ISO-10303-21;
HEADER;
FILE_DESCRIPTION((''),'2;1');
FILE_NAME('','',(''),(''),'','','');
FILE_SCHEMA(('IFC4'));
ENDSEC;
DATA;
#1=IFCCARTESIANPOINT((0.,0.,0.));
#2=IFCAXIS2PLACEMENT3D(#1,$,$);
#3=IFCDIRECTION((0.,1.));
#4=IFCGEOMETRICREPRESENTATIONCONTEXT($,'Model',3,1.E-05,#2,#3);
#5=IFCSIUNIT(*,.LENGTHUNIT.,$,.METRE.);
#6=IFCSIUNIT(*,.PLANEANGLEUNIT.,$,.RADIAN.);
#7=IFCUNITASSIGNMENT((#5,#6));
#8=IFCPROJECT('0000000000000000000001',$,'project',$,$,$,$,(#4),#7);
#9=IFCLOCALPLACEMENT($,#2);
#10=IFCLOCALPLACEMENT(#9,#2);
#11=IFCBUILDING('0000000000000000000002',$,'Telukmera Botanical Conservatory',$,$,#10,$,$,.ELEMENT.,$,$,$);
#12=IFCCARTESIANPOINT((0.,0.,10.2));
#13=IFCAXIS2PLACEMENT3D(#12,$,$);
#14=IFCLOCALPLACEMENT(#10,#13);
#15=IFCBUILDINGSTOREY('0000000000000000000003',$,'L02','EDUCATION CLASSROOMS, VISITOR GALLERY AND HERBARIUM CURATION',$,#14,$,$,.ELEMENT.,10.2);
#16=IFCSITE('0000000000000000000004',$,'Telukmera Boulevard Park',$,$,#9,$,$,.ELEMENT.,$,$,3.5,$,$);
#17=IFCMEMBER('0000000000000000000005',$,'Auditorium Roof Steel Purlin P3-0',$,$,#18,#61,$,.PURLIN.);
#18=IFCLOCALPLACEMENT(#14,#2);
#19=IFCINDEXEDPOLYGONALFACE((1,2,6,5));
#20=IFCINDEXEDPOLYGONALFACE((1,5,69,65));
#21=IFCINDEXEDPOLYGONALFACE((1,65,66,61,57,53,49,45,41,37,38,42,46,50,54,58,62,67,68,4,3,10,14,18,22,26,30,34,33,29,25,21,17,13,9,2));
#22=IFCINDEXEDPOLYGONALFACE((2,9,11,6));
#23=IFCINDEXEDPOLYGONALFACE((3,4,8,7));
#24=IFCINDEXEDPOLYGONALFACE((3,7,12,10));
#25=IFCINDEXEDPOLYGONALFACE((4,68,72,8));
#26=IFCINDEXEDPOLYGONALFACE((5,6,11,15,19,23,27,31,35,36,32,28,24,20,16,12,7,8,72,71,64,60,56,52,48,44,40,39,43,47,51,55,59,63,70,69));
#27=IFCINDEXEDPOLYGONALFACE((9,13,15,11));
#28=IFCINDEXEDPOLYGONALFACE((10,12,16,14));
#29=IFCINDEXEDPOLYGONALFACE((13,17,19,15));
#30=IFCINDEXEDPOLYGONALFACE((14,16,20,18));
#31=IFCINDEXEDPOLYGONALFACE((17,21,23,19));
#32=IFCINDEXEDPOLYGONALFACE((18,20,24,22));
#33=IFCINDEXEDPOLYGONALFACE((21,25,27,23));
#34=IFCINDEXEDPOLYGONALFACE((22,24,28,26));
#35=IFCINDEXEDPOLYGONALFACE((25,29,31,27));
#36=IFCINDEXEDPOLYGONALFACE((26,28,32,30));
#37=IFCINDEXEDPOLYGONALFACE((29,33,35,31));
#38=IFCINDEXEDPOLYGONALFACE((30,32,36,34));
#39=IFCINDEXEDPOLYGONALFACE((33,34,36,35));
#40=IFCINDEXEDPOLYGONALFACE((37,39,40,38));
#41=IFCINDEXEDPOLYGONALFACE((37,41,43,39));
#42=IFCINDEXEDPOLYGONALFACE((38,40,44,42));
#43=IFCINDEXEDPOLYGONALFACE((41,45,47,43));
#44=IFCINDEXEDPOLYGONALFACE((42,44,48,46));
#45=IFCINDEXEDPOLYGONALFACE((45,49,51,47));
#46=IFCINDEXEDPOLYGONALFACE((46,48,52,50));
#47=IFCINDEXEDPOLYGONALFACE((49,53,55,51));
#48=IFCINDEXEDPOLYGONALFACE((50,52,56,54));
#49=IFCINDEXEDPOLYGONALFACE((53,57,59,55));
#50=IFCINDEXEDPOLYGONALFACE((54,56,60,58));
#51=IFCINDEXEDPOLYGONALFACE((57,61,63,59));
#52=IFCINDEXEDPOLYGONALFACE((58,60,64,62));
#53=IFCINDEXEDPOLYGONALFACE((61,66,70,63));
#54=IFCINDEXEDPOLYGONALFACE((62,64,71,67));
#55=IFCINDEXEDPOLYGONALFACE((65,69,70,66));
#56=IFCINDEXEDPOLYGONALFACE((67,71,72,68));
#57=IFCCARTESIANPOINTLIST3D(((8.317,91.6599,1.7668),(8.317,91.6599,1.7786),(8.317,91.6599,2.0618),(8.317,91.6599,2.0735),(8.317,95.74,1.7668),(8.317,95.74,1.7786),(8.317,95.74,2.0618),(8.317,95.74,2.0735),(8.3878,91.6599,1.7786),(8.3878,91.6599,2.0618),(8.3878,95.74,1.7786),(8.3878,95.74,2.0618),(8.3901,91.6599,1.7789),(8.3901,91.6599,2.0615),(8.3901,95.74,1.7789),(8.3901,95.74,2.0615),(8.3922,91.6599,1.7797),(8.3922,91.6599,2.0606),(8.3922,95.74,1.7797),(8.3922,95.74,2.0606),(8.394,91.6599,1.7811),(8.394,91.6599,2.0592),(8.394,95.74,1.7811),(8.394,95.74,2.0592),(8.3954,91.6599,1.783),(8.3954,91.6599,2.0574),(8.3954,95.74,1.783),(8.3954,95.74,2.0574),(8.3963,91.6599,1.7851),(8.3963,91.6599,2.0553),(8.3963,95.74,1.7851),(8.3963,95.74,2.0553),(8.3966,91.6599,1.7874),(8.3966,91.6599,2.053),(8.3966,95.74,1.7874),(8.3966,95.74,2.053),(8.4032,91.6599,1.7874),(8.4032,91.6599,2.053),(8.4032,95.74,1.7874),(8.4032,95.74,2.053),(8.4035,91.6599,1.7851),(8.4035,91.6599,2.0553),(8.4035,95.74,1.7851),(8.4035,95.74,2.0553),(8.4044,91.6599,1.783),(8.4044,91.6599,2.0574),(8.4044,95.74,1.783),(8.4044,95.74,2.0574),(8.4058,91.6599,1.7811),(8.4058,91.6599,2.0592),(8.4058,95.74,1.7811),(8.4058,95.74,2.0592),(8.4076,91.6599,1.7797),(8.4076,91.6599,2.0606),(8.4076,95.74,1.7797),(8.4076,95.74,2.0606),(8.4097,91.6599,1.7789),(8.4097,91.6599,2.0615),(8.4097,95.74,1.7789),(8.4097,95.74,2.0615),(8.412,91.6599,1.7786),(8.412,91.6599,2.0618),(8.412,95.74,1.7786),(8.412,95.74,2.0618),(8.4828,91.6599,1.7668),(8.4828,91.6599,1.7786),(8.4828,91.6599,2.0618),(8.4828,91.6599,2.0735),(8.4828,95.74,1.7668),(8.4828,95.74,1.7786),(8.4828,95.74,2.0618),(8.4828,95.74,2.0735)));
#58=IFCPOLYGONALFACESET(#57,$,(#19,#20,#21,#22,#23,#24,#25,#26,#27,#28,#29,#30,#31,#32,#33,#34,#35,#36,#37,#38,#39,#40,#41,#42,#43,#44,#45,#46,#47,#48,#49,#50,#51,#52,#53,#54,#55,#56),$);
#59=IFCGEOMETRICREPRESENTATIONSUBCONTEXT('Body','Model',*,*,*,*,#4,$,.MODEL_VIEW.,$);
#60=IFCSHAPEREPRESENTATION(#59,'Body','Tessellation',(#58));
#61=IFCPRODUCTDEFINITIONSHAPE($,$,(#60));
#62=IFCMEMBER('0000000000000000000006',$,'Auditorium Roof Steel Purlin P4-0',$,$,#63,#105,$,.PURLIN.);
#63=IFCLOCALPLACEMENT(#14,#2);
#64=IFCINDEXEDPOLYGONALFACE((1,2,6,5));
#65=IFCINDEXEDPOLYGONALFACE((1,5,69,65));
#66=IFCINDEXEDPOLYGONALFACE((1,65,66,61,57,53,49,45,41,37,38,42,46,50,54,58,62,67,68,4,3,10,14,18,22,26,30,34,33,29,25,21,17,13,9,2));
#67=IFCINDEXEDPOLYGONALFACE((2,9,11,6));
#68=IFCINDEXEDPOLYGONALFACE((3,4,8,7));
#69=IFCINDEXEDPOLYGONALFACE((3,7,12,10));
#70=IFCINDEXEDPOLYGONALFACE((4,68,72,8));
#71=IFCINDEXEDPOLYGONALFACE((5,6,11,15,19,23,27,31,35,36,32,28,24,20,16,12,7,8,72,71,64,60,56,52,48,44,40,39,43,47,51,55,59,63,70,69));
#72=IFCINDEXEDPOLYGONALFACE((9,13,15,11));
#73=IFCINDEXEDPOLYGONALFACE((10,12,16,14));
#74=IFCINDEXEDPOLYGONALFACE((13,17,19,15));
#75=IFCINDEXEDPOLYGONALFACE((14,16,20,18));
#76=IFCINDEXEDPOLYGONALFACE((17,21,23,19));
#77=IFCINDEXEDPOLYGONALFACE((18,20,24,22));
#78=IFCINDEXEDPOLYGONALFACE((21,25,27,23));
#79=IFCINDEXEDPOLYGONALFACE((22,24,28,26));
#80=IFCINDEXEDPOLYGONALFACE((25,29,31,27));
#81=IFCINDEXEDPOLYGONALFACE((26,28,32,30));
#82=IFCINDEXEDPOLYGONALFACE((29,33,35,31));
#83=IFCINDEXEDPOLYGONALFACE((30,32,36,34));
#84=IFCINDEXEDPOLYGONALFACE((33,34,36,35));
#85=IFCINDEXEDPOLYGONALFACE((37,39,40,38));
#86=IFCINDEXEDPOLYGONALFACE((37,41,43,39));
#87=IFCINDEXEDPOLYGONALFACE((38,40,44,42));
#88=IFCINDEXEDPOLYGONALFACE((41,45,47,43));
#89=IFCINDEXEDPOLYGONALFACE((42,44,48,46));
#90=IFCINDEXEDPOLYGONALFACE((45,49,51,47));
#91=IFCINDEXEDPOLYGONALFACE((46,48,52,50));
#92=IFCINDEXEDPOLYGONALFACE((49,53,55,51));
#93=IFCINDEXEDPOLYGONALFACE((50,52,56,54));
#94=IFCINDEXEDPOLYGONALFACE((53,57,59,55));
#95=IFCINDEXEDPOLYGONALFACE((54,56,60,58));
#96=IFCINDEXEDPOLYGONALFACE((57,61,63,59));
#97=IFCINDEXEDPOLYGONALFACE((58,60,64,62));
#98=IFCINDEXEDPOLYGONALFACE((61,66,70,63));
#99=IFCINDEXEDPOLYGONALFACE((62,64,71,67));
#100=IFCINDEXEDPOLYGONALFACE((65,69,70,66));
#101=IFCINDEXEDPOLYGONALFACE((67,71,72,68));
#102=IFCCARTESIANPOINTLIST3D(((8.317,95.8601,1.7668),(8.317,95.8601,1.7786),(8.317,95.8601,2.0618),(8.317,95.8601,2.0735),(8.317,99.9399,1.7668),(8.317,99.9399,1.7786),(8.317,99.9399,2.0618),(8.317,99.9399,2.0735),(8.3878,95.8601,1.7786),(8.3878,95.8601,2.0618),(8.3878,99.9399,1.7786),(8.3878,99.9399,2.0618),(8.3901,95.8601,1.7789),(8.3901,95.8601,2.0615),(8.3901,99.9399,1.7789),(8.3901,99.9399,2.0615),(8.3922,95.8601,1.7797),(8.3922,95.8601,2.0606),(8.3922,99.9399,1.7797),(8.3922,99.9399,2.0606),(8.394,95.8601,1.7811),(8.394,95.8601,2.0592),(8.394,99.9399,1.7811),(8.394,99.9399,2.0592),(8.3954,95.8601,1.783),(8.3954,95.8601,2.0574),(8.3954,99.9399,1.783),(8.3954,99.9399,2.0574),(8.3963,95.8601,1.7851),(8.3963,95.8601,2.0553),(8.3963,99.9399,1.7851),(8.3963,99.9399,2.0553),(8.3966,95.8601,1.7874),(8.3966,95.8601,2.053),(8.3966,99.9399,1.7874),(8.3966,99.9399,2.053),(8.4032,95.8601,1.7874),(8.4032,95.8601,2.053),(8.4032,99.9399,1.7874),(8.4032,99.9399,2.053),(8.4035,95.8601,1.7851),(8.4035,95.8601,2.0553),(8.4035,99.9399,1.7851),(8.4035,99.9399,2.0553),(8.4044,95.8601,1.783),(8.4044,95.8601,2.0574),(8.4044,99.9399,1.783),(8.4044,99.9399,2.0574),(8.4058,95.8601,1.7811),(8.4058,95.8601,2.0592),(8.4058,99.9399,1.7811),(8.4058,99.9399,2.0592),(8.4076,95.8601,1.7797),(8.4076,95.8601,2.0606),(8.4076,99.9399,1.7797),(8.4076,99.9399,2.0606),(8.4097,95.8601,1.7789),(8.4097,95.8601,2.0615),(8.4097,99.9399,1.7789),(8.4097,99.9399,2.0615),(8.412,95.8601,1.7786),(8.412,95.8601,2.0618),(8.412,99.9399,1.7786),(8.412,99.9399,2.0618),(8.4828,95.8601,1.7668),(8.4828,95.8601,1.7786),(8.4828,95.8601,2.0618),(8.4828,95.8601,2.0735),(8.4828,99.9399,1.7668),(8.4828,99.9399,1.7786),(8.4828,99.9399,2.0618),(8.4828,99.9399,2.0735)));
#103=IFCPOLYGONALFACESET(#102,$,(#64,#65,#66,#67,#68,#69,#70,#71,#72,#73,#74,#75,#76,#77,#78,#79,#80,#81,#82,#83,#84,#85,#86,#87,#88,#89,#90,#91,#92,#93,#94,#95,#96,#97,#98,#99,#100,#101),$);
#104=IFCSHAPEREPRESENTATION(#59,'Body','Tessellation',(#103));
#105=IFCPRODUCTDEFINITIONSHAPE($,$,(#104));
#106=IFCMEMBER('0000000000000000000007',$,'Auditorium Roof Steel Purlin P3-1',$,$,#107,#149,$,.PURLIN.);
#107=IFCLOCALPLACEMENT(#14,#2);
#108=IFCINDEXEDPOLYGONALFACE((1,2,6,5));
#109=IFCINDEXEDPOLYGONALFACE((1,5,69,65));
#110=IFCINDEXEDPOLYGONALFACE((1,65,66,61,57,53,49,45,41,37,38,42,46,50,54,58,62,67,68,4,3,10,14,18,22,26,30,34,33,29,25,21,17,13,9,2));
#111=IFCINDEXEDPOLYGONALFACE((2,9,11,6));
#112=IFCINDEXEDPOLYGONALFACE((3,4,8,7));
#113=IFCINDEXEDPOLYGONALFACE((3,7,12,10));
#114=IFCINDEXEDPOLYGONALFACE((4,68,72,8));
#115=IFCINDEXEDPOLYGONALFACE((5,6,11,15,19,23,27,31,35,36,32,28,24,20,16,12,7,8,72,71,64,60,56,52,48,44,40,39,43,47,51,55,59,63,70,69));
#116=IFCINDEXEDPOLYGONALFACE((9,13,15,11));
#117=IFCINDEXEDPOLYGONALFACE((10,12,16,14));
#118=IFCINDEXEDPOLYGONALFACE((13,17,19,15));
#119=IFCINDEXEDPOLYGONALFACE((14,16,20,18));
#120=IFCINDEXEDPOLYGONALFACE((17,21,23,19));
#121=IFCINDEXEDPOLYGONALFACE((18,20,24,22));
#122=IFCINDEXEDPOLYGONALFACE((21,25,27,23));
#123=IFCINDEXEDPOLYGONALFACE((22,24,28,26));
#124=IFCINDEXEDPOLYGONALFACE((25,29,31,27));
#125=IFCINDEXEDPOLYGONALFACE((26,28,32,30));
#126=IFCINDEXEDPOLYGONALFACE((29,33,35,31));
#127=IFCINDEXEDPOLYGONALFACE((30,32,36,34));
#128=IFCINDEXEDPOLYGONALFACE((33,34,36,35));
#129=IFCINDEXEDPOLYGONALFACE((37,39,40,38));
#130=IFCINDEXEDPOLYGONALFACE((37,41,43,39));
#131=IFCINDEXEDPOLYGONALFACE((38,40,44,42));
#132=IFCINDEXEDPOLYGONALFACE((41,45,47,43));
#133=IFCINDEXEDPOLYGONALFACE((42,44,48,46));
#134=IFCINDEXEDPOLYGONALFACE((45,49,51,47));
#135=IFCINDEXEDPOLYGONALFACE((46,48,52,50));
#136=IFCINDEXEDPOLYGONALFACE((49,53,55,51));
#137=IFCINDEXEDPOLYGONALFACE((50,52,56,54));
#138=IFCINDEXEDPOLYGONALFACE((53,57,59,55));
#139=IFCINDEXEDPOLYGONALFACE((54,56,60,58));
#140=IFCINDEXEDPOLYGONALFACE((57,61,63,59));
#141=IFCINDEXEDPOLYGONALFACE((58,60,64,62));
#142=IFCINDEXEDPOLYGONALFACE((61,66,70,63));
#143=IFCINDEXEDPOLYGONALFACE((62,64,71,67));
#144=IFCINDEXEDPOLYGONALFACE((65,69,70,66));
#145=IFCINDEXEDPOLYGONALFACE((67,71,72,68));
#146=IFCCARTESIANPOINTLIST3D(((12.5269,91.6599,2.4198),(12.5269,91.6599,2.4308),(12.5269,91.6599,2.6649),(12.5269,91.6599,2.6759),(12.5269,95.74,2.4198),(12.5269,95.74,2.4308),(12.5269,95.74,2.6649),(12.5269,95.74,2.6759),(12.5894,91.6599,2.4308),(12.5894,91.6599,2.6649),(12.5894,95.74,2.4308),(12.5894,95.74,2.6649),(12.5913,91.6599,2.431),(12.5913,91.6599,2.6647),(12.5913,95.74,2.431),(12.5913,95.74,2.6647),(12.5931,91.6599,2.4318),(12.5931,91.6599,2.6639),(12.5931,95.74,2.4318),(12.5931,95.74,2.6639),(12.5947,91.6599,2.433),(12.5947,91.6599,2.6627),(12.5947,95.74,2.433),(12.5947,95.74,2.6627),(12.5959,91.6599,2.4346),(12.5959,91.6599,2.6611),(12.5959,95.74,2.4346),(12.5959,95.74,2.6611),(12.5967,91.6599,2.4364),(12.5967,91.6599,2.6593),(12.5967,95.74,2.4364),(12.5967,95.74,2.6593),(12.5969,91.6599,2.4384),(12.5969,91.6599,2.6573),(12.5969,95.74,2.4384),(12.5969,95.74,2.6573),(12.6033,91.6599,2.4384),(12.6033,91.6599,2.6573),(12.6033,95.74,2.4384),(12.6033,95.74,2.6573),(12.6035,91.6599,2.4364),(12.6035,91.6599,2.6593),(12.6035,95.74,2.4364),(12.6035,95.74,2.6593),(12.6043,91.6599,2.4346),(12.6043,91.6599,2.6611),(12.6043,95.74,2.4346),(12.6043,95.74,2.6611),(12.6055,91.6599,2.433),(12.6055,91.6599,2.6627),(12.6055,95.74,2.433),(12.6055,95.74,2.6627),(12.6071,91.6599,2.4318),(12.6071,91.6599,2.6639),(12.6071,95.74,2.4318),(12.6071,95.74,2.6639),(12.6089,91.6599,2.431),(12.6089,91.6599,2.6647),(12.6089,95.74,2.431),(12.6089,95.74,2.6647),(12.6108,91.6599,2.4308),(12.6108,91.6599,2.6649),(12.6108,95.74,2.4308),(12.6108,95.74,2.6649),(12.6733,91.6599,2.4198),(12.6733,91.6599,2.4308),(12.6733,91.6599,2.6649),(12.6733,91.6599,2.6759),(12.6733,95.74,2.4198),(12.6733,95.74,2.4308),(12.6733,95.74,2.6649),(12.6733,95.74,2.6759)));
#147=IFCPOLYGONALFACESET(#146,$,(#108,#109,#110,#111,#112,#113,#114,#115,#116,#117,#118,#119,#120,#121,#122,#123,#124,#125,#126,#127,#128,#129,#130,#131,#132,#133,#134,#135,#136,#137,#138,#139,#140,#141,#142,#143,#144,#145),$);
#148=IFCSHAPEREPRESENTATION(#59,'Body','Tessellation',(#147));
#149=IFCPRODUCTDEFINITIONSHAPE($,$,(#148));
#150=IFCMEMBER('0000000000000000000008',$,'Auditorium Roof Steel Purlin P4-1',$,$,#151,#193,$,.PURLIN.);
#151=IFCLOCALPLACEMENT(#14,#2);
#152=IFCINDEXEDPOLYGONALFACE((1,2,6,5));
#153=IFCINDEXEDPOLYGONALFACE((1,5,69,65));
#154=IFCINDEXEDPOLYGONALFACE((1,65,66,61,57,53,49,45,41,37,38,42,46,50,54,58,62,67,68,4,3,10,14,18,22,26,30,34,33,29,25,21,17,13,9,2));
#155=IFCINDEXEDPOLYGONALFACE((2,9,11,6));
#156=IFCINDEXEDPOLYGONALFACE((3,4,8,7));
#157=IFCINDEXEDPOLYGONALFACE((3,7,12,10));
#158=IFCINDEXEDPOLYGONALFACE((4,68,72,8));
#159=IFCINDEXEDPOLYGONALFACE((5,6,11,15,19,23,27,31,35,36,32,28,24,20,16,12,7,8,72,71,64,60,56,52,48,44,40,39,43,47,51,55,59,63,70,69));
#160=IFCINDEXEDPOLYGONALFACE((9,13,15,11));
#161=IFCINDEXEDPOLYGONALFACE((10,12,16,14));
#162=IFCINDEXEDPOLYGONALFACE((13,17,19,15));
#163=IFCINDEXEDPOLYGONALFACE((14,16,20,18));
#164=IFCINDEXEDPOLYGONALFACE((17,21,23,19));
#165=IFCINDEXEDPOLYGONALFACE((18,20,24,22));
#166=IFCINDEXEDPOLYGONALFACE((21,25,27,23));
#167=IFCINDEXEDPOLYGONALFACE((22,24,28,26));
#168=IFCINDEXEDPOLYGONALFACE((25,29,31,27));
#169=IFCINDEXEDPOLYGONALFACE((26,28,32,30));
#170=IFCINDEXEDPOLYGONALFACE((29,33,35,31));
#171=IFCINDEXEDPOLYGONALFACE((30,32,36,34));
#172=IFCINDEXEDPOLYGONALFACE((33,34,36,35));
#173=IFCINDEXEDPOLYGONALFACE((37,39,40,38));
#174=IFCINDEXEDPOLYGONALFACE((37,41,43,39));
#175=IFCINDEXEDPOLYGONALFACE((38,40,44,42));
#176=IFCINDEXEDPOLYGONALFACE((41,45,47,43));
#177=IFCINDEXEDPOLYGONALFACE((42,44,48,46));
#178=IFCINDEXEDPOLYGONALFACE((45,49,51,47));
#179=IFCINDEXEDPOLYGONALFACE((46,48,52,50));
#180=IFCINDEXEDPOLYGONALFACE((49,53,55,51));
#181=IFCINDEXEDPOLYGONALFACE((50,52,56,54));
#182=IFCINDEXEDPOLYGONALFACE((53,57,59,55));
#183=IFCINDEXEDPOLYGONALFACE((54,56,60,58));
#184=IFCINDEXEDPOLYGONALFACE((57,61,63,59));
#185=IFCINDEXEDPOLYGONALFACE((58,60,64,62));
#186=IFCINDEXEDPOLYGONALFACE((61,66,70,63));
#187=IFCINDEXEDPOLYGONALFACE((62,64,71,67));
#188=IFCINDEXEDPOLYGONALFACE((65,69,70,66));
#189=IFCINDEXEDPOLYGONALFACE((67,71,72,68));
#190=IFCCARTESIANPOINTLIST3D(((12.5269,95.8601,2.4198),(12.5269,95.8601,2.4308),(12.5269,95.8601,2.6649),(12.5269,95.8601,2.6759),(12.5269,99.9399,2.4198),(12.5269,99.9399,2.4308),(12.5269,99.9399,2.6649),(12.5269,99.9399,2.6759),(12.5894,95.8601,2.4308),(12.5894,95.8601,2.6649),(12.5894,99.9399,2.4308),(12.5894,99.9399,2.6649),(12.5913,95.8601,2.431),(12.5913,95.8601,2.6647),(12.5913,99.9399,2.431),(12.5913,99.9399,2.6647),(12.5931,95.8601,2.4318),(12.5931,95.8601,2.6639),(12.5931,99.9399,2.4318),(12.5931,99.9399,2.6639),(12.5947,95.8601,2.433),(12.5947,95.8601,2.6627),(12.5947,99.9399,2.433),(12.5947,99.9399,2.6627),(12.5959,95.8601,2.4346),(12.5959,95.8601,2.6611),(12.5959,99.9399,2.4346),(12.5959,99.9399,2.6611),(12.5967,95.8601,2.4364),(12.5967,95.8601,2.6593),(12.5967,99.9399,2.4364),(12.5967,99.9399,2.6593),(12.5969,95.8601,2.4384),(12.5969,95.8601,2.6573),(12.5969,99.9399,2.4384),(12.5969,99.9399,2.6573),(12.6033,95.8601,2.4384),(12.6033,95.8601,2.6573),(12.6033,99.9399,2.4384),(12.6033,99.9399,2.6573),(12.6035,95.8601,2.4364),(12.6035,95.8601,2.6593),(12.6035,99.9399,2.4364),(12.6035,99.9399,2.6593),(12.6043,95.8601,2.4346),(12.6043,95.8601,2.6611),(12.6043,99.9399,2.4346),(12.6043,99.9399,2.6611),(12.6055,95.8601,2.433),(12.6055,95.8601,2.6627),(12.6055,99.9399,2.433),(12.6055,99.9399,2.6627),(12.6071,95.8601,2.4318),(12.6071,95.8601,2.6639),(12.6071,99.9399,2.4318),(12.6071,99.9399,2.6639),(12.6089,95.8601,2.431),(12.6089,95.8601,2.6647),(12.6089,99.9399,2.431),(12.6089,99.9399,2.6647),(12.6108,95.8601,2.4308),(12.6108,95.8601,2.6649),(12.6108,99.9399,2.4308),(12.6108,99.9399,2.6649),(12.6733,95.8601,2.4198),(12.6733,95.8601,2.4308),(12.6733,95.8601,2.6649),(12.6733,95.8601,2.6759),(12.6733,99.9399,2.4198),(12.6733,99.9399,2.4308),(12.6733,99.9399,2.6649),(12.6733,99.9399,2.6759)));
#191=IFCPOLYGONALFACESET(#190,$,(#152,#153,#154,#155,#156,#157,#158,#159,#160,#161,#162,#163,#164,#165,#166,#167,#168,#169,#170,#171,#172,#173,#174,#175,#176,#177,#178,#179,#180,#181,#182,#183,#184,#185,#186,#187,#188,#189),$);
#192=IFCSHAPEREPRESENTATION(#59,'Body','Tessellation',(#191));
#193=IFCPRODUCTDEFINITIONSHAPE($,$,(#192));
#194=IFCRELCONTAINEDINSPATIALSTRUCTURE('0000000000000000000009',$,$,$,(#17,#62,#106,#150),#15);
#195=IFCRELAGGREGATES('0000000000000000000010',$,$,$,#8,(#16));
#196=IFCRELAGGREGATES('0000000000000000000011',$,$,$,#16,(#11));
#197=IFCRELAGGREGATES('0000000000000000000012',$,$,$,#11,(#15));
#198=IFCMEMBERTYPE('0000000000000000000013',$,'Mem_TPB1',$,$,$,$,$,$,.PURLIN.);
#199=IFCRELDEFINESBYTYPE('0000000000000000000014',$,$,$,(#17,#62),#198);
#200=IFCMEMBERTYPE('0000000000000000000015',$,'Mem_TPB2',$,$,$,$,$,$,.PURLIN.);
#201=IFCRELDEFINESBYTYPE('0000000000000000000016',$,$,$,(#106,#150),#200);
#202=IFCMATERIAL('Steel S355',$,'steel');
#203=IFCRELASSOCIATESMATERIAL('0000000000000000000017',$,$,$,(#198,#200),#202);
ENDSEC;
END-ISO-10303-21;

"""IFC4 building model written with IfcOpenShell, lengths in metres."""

from ifc_helpers import new_model, si_unit, direction, frame, origin, origin_2d, place, context, subcontext, project, spatial, i_section, extrude, material, material_profile, profile_set, type_object, element, save


model = new_model("IFC4")

# Units and contexts
model_context = context("Model", 3, precision=1e-05, world=origin(), true_north=direction((0.0, 1.0)))
body_context = subcontext(model_context, "Body", "Model", "MODEL_VIEW")
ifc_project = project(units=[si_unit("LENGTHUNIT", "METRE"), si_unit("PLANEANGLEUNIT", "RADIAN")], contexts=[model_context])

# Site, building, storey
site_placement = place(None, origin())
site = spatial("IfcSite", under=ifc_project, at=site_placement, Name="Telukmera Boulevard Park", CompositionType="ELEMENT", RefElevation=3.5)
building_placement = place(site_placement, origin())
building = spatial("IfcBuilding", under=site, at=building_placement, Name="Telukmera Botanical Conservatory", CompositionType="ELEMENT")
storey_placement = place(building_placement, frame((0.0, 0.0, 10.2)))
storey = spatial("IfcBuildingStorey", under=building, at=storey_placement, Name="L02", Description="EDUCATION CLASSROOMS, VISITOR GALLERY AND HERBARIUM CURATION", CompositionType="ELEMENT", Elevation=10.2)

# Members
ifc_material_1 = material(Name="Steel S355", Category="steel")
ifc_material_profile_1 = material_profile(ifc_material_1, i_section(OverallWidth=0.1658, OverallDepth=0.3066, WebThickness=0.0066, FlangeThickness=0.0117, FilletRadius=0.0088, at=origin_2d()), Name="UB 305x165x46")
ifc_profile_set_1 = profile_set([ifc_material_profile_1], Name="Steel S355")
member_type_1 = type_object("IfcMemberType", Name="Mem_TPB1", PredefinedType="PURLIN", material=ifc_profile_set_1)
member_1_placement = place(storey_placement, frame((8.3999, 91.6599, 1.9202), z_axis=(0.0, 1.0, 0.0), x_axis=(-1.0, 0.0, 0.0)))
element("IfcMember", 1, at=member_1_placement, inside=storey, type_object=member_type_1, Name="Auditorium Roof Steel Purlin P3-0", PredefinedType="PURLIN", context=body_context, shape_type="SweptSolid", body=[
    extrude(i_section(OverallWidth=0.1658, OverallDepth=0.3066, WebThickness=0.0066, FlangeThickness=0.0117, FilletRadius=0.0088, at=origin_2d()), origin(), (0.0, 0.0, 1.0), 4.0801),
])
member_2_placement = place(storey_placement, frame((8.3999, 95.8601, 1.9202), z_axis=(0.0, 1.0, 0.0), x_axis=(-1.0, 0.0, 0.0)))
element("IfcMember", 2, at=member_2_placement, inside=storey, type_object=member_type_1, Name="Auditorium Roof Steel Purlin P4-0", PredefinedType="PURLIN", context=body_context, shape_type="SweptSolid", body=[
    extrude(i_section(OverallWidth=0.1658, OverallDepth=0.3066, WebThickness=0.0066, FlangeThickness=0.0117, FilletRadius=0.0088, at=origin_2d()), origin(), (0.0, 0.0, 1.0), 4.0798),
])
ifc_material_profile_2 = material_profile(ifc_material_1, i_section(OverallWidth=0.1465, OverallDepth=0.2561, WebThickness=0.0063, FlangeThickness=0.011, FilletRadius=0.0076, at=origin_2d()), Name="UB 254x146x37")
ifc_profile_set_2 = profile_set([ifc_material_profile_2], Name="Steel S355")
member_type_2 = type_object("IfcMemberType", Name="Mem_TPB2", PredefinedType="PURLIN", material=ifc_profile_set_2)
member_3_placement = place(storey_placement, frame((12.6001, 91.6599, 2.5479), z_axis=(0.0, 1.0, 0.0), x_axis=(-1.0, 0.0, 0.0)))
element("IfcMember", 3, at=member_3_placement, inside=storey, type_object=member_type_2, Name="Auditorium Roof Steel Purlin P3-1", PredefinedType="PURLIN", context=body_context, shape_type="SweptSolid", body=[
    extrude(i_section(OverallWidth=0.1465, OverallDepth=0.2561, WebThickness=0.0063, FlangeThickness=0.011, FilletRadius=0.0076, at=origin_2d()), origin(), (0.0, 0.0, 1.0), 4.0801),
])
member_4_placement = place(storey_placement, frame((12.6001, 95.8601, 2.5479), z_axis=(0.0, 1.0, 0.0), x_axis=(-1.0, 0.0, 0.0)))
element("IfcMember", 4, at=member_4_placement, inside=storey, type_object=member_type_2, Name="Auditorium Roof Steel Purlin P4-1", PredefinedType="PURLIN", context=body_context, shape_type="SweptSolid", body=[
    extrude(i_section(OverallWidth=0.1465, OverallDepth=0.2561, WebThickness=0.0063, FlangeThickness=0.011, FilletRadius=0.0076, at=origin_2d()), origin(), (0.0, 0.0, 1.0), 4.0798),
])

save(model, "model.ifc")
